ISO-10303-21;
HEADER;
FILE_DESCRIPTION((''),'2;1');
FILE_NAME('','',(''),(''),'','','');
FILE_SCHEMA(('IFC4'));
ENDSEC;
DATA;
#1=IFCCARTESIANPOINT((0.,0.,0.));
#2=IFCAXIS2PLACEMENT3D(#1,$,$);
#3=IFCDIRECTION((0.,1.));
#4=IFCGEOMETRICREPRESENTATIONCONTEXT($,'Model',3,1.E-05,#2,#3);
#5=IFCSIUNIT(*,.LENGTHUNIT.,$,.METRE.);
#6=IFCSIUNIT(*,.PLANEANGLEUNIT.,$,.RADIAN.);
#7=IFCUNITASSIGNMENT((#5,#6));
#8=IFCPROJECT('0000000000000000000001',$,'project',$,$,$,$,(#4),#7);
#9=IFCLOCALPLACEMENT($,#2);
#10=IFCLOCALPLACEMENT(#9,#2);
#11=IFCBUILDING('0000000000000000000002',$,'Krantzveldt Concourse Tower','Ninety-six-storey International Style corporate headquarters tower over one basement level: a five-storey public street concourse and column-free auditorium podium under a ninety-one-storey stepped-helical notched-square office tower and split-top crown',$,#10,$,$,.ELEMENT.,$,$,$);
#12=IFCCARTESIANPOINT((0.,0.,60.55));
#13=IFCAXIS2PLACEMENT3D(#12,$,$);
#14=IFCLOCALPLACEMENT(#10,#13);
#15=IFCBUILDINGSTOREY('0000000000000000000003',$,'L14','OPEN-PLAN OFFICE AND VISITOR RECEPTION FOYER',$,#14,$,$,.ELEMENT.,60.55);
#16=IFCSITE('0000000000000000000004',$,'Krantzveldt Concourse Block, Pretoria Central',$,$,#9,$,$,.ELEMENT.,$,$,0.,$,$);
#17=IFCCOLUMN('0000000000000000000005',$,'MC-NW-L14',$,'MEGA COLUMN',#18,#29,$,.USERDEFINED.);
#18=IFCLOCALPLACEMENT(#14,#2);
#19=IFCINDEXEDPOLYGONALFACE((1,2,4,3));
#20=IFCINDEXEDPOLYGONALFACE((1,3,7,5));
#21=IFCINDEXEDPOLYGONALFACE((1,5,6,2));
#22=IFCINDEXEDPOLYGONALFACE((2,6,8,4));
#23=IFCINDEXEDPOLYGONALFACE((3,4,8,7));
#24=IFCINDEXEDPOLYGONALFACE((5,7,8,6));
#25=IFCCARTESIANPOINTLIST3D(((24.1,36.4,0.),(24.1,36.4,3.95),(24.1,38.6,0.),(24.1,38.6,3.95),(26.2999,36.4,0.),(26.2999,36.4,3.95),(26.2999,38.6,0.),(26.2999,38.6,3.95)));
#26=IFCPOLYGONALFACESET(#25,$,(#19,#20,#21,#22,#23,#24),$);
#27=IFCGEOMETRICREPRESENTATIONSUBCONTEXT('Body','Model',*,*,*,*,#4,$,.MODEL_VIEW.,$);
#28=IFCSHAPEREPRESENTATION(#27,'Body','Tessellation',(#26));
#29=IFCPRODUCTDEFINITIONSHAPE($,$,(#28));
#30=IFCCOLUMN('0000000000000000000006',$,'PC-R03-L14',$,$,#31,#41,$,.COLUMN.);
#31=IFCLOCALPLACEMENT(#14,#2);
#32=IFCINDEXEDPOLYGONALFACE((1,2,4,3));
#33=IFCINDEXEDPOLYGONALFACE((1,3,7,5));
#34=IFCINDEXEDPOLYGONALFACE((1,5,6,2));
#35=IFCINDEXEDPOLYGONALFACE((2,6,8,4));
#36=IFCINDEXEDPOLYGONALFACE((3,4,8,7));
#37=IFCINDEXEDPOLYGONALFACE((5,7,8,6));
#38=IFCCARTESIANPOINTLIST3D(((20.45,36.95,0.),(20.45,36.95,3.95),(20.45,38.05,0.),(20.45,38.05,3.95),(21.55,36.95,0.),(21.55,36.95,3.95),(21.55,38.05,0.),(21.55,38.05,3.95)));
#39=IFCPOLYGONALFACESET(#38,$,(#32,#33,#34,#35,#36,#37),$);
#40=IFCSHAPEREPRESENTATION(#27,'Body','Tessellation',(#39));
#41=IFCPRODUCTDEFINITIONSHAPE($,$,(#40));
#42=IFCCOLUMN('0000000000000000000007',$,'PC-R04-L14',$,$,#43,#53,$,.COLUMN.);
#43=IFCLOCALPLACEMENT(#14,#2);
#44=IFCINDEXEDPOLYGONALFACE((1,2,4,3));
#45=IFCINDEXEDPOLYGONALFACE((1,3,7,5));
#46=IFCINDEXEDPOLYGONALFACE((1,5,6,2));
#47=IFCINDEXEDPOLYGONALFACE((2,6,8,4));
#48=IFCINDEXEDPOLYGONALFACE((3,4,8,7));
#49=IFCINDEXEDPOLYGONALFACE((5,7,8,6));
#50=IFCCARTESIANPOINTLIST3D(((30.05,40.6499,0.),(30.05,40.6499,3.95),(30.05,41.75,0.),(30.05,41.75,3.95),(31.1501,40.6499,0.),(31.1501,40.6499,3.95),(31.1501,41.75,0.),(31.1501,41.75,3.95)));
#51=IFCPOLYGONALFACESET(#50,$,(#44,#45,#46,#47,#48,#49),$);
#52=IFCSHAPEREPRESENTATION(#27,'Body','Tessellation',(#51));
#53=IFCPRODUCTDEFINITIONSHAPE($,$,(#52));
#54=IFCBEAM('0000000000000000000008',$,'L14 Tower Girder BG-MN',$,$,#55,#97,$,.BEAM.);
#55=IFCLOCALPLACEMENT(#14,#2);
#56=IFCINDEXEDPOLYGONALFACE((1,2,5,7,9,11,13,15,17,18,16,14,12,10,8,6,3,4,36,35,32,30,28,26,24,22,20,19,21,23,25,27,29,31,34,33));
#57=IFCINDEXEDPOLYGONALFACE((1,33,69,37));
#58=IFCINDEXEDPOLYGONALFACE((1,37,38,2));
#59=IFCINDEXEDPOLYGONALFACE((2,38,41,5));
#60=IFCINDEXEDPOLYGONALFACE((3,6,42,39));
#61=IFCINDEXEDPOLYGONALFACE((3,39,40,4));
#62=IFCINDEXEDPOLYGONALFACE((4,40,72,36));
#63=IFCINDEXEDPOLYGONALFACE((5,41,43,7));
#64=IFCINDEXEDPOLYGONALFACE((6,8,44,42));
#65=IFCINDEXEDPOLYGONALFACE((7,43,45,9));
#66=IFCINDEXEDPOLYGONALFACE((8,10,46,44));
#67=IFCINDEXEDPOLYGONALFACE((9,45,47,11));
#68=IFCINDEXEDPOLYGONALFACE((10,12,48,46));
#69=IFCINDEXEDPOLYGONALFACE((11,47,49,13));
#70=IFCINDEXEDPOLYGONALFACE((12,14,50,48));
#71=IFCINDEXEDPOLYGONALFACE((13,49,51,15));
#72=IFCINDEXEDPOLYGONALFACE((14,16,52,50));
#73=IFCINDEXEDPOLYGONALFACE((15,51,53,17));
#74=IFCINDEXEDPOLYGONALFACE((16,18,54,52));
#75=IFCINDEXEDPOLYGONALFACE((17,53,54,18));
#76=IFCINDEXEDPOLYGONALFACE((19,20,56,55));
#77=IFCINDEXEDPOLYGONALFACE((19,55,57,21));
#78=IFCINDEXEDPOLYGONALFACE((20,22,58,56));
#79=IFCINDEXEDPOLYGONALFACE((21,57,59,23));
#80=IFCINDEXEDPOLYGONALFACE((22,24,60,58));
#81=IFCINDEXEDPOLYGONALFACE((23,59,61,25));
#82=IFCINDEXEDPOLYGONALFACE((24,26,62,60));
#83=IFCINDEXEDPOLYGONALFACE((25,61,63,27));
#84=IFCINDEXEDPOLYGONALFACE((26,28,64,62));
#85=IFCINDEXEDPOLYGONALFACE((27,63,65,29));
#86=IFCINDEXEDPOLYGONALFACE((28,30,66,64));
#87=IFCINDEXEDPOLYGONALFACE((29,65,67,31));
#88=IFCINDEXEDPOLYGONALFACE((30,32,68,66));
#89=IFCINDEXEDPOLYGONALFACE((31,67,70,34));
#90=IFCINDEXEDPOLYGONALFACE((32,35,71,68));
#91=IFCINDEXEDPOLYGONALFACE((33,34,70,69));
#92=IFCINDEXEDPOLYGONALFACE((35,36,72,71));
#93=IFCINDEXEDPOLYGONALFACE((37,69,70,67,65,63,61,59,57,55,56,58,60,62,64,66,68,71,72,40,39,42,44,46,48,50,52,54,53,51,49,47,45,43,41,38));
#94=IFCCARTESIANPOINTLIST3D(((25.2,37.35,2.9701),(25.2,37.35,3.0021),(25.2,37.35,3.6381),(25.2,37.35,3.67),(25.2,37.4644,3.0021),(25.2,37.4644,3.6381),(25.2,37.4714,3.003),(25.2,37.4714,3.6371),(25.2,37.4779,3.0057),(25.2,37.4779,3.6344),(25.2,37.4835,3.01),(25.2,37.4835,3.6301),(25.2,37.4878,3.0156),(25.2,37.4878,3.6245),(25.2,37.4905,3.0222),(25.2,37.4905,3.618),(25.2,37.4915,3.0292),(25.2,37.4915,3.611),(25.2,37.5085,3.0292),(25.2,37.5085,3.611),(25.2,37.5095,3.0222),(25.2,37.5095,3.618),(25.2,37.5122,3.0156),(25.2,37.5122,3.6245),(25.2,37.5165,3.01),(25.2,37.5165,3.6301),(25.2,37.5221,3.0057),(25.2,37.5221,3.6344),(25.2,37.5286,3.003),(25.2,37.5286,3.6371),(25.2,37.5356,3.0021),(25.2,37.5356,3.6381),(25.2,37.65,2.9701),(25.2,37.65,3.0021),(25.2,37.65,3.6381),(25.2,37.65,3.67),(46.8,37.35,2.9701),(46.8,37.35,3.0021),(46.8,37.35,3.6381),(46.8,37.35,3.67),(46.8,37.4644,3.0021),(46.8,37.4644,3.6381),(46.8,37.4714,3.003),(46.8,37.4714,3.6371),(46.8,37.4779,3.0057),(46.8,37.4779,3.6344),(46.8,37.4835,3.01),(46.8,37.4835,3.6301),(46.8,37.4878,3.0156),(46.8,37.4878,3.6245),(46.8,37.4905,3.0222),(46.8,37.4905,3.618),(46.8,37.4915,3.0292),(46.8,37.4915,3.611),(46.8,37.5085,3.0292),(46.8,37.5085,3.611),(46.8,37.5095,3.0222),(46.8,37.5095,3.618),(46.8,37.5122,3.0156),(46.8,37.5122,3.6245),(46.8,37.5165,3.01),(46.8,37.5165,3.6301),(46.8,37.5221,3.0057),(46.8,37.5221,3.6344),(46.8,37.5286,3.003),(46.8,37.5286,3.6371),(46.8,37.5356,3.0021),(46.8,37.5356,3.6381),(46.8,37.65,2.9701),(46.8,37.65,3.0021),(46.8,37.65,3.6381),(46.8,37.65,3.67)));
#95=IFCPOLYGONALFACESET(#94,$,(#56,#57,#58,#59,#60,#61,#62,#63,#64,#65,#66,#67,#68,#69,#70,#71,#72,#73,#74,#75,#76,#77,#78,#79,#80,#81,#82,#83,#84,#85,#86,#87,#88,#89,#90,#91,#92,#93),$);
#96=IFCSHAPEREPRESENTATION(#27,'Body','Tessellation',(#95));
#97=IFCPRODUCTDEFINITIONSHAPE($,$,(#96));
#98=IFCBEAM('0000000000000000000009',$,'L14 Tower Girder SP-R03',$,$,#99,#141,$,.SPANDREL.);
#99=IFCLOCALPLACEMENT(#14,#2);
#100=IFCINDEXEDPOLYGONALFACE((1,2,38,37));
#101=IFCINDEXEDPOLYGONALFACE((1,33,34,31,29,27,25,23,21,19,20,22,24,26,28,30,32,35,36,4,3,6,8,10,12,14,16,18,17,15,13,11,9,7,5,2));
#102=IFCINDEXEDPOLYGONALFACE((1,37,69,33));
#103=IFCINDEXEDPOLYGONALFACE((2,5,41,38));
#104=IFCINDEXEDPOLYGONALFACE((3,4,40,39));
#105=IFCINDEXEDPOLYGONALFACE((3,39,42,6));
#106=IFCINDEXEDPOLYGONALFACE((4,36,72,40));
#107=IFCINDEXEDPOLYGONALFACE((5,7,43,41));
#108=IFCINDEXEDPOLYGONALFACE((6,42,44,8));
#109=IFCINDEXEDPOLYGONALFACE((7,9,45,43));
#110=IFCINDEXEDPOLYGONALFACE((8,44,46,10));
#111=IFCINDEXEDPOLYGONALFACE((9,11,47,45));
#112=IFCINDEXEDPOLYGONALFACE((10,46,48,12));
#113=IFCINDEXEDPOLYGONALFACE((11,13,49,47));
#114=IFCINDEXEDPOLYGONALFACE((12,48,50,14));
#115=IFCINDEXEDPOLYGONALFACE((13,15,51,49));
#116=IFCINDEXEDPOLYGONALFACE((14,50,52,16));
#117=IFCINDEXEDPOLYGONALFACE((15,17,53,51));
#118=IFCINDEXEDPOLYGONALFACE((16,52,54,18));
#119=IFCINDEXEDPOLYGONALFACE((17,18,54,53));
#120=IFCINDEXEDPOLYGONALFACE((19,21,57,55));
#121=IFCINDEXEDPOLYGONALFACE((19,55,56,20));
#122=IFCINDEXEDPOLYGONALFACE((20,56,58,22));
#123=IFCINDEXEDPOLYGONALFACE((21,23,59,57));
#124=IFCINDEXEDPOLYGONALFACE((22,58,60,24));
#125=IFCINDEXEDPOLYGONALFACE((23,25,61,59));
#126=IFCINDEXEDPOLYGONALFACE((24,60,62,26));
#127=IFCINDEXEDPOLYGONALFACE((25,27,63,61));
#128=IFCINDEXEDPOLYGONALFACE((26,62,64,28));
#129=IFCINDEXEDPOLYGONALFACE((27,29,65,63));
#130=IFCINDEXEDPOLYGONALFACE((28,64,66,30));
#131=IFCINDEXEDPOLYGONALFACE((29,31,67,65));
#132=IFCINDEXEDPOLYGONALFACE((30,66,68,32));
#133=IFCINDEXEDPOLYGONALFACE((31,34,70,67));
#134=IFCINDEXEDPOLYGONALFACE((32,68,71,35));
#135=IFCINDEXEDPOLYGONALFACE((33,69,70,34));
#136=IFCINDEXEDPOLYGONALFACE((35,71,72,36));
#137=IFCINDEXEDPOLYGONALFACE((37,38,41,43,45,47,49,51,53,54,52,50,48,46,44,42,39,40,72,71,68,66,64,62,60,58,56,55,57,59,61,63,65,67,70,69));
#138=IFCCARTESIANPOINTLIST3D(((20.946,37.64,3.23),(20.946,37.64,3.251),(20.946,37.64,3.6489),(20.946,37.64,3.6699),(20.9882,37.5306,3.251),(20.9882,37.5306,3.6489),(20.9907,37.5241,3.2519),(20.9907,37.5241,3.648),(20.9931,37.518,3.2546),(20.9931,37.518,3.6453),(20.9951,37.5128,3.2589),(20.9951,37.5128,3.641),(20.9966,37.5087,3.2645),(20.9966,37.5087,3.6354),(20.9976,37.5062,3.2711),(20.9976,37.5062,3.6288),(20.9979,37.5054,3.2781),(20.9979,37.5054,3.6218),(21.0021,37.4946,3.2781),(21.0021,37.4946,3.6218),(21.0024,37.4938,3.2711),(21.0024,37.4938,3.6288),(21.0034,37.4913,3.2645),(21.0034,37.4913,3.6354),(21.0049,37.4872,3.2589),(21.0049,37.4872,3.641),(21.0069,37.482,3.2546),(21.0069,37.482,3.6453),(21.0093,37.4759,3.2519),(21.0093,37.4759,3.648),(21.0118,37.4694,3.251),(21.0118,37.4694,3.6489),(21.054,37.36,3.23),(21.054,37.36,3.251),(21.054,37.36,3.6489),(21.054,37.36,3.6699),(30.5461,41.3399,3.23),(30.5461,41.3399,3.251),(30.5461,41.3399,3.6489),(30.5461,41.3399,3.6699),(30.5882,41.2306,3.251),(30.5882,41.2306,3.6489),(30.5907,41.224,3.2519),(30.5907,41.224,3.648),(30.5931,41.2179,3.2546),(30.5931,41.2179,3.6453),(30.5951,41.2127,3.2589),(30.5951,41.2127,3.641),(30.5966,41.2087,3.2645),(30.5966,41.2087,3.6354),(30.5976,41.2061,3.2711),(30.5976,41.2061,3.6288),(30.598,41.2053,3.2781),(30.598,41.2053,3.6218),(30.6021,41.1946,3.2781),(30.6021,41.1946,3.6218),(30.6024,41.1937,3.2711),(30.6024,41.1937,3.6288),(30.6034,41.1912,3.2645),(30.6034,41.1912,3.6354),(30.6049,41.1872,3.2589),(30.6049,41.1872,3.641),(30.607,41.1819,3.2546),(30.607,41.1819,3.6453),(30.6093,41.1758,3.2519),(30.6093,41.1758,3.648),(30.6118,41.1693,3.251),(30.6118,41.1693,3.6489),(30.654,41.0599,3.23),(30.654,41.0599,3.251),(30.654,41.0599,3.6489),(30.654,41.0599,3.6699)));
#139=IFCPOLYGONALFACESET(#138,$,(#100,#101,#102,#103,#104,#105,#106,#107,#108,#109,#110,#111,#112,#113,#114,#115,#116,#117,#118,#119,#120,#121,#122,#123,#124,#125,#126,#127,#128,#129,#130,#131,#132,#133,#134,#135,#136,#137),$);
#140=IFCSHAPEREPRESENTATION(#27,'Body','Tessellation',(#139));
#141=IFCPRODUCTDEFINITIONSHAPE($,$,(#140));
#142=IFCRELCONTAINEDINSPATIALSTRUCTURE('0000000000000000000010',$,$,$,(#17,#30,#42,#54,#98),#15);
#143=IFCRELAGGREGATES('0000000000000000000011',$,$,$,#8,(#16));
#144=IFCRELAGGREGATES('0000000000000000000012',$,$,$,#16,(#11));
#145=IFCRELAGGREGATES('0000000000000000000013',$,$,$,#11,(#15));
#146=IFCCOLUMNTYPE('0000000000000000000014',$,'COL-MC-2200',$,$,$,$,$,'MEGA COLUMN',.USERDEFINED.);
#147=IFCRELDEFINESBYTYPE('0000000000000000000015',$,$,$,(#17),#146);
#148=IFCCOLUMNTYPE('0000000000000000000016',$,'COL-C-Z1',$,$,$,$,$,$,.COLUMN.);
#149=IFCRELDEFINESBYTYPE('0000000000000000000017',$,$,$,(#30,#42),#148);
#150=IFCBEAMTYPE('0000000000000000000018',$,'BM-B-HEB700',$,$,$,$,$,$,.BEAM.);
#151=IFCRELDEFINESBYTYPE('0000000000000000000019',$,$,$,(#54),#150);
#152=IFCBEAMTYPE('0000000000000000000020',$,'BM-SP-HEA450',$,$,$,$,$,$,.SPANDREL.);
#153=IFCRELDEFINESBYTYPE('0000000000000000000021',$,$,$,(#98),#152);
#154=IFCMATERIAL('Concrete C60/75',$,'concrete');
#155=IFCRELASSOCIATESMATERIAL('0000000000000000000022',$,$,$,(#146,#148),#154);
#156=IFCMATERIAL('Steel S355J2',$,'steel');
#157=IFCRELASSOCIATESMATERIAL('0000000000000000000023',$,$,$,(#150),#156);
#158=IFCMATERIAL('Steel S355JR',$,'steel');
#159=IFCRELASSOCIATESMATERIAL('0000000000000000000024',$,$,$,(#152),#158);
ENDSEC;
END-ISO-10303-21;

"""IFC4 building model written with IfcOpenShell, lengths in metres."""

from ifc_helpers import new_model, si_unit, direction, frame, origin, origin_2d, place, context, subcontext, project, spatial, rectangle, i_section, extrude, source, transform, mapped, material, material_profile, profile_set, type_object, type_shapes, element, save


model = new_model("IFC4")

# Units and contexts
model_context = context("Model", 3, precision=1e-05, world=origin(), true_north=direction((0.0, 1.0)))
body_context = subcontext(model_context, "Body", "Model", "MODEL_VIEW")
ifc_project = project(units=[si_unit("LENGTHUNIT", "METRE"), si_unit("PLANEANGLEUNIT", "RADIAN")], contexts=[model_context])

# Site, building, storey
site_placement = place(None, origin())
site = spatial("IfcSite", under=ifc_project, at=site_placement, Name="Krantzveldt Concourse Block, Pretoria Central", CompositionType="ELEMENT", RefElevation=0.0)
building_placement = place(site_placement, origin())
building = spatial("IfcBuilding", under=site, at=building_placement, Name="Krantzveldt Concourse Tower", Description="Ninety-six-storey International Style corporate headquarters tower over one basement level: a five-storey public street concourse and column-free auditorium podium under a ninety-one-storey stepped-helical notched-square office tower and split-top crown", CompositionType="ELEMENT")
storey_placement = place(building_placement, frame((0.0, 0.0, 60.55)))
storey = spatial("IfcBuildingStorey", under=building, at=storey_placement, Name="L14", Description="OPEN-PLAN OFFICE AND VISITOR RECEPTION FOYER", CompositionType="ELEMENT", Elevation=60.55)

# Columns
ifc_material_1 = material(Name="Concrete C60/75", Category="concrete")
ifc_material_profile_1 = material_profile(ifc_material_1, rectangle(XDim=2.2, YDim=2.2, at=origin_2d()), Name="Concrete C60/75", Category="concrete")
ifc_profile_set_1 = profile_set([ifc_material_profile_1], Name="Concrete C60/75 - RC 2200x2200")
column_type_1 = type_object("IfcColumnType", Name="COL-MC-2200", ElementType="MEGA COLUMN", PredefinedType="USERDEFINED", material=ifc_profile_set_1)
shared_shape_1 = source(origin(), body_context, "Body", "SweptSolid", [
    extrude(rectangle(XDim=2.2, YDim=2.2, at=origin_2d()), origin(), (0.0, 0.0, 1.0), 3.95),
])
type_shapes(column_type_1, [shared_shape_1])
column_placement = place(storey_placement, frame((25.2, 37.5, 0.0), z_axis=(0.0, 0.0, 1.0), x_axis=(1.0, 0.0, 0.0)))
element("IfcColumn", 1, at=column_placement, inside=storey, type_object=column_type_1, Name="MC-NW-L14", ObjectType="MEGA COLUMN", PredefinedType="USERDEFINED", context=body_context, shape_type="MappedRepresentation", body=[
    mapped(shared_shape_1, transform((0.0, 0.0, 0.0), x_axis=(1.0, 0.0, 0.0), y_axis=(0.0, 1.0, 0.0), z_axis=(0.0, 0.0, 1.0), scale=1.0)),
])
ifc_material_profile_2 = material_profile(ifc_material_1, rectangle(XDim=1.1001, YDim=1.1001, at=origin_2d()), Name="Concrete C60/75", Category="concrete")
ifc_profile_set_2 = profile_set([ifc_material_profile_2], Name="Concrete C60/75 - RC 1100x1100")
column_type_2 = type_object("IfcColumnType", Name="COL-C-Z1", PredefinedType="COLUMN", material=ifc_profile_set_2)
shared_shape_2 = source(origin(), body_context, "Body", "SweptSolid", [
    extrude(rectangle(XDim=1.1001, YDim=1.1001, at=origin_2d()), origin(), (0.0, 0.0, 1.0), 3.95),
])
type_shapes(column_type_2, [shared_shape_2])
for number, where, z_axis, x_axis, name in (
    (2, (21.0, 37.5, 0.0), (0.0, 0.0, 1.0), (1.0, 0.0, 0.0), "PC-R03-L14"),
    (3, (30.6001, 41.2, 0.0), (0.0, 0.0, 1.0), (1.0, 0.0, 0.0), "PC-R04-L14"),
):
    element("IfcColumn", number, at=place(storey_placement, frame(where, z_axis=z_axis, x_axis=x_axis)), inside=storey, type_object=column_type_2, Name=name, PredefinedType="COLUMN", context=body_context, shape_type="MappedRepresentation", body=[
        mapped(shared_shape_2, transform((0.0, 0.0, 0.0), x_axis=(1.0, 0.0, 0.0), y_axis=(0.0, 1.0, 0.0), z_axis=(0.0, 0.0, 1.0), scale=1.0)),
    ])

# Beams
ifc_material_2 = material(Name="Steel S355J2", Category="steel")
ifc_material_profile_3 = material_profile(ifc_material_2, i_section(OverallWidth=0.3, OverallDepth=0.7, WebThickness=0.0171, FlangeThickness=0.032, FilletRadius=0.0271, at=origin_2d()), Name="Steel S355J2", Category="steel")
ifc_profile_set_3 = profile_set([ifc_material_profile_3], Name="Steel S355J2 - HEB 700")
beam_type_1 = type_object("IfcBeamType", Name="BM-B-HEB700", PredefinedType="BEAM", material=ifc_profile_set_3)
shared_shape_3 = source(origin(), body_context, "Body", "SweptSolid", [
    extrude(i_section(OverallWidth=0.3, OverallDepth=0.7, WebThickness=0.0171, FlangeThickness=0.032, FilletRadius=0.0271, at=origin_2d()), origin(), (0.0, 0.0, 1.0), 21.6001),
])
type_shapes(beam_type_1, [shared_shape_3])
beam_1_placement = place(storey_placement, frame((25.2, 37.5, 3.3201), z_axis=(1.0, 0.0, 0.0), x_axis=(0.0, 1.0, 0.0)))
element("IfcBeam", 4, at=beam_1_placement, inside=storey, type_object=beam_type_1, Name="L14 Tower Girder BG-MN", PredefinedType="BEAM", context=body_context, shape_type="MappedRepresentation", body=[
    mapped(shared_shape_3, transform((0.0, 0.0, 0.0), x_axis=(1.0, 0.0, 0.0), y_axis=(0.0, 1.0, 0.0), z_axis=(0.0, 0.0, 1.0), scale=1.0)),
])
ifc_material_3 = material(Name="Steel S355JR", Category="steel")
ifc_material_profile_4 = material_profile(ifc_material_3, i_section(OverallWidth=0.3, OverallDepth=0.4399, WebThickness=0.0115, FlangeThickness=0.021, FilletRadius=0.0271, at=origin_2d()), Name="Steel S355JR", Category="steel")
ifc_profile_set_4 = profile_set([ifc_material_profile_4], Name="Steel S355JR - HEA 450")
beam_type_2 = type_object("IfcBeamType", Name="BM-SP-HEA450", PredefinedType="SPANDREL", material=ifc_profile_set_4)
shared_shape_4 = source(origin(), body_context, "Body", "SweptSolid", [
    extrude(i_section(OverallWidth=0.3, OverallDepth=0.4399, WebThickness=0.0115, FlangeThickness=0.021, FilletRadius=0.0271, at=origin_2d()), origin(), (0.0, 0.0, 1.0), 10.2883),
])
beam_2_placement = place(storey_placement, frame((21.0, 37.5, 3.45), z_axis=(0.933098, 0.359623, 0.0), x_axis=(-0.359623, 0.933098, 0.0)))
element("IfcBeam", 5, at=beam_2_placement, inside=storey, type_object=beam_type_2, Name="L14 Tower Girder SP-R03", PredefinedType="SPANDREL", context=body_context, shape_type="MappedRepresentation", body=[
    mapped(shared_shape_4, transform((0.0, 0.0, 0.0), x_axis=(1.0, 0.0, 0.0), y_axis=(0.0, 1.0, 0.0), z_axis=(0.0, 0.0, 1.0), scale=1.0)),
])

save(model, "model.ifc")
